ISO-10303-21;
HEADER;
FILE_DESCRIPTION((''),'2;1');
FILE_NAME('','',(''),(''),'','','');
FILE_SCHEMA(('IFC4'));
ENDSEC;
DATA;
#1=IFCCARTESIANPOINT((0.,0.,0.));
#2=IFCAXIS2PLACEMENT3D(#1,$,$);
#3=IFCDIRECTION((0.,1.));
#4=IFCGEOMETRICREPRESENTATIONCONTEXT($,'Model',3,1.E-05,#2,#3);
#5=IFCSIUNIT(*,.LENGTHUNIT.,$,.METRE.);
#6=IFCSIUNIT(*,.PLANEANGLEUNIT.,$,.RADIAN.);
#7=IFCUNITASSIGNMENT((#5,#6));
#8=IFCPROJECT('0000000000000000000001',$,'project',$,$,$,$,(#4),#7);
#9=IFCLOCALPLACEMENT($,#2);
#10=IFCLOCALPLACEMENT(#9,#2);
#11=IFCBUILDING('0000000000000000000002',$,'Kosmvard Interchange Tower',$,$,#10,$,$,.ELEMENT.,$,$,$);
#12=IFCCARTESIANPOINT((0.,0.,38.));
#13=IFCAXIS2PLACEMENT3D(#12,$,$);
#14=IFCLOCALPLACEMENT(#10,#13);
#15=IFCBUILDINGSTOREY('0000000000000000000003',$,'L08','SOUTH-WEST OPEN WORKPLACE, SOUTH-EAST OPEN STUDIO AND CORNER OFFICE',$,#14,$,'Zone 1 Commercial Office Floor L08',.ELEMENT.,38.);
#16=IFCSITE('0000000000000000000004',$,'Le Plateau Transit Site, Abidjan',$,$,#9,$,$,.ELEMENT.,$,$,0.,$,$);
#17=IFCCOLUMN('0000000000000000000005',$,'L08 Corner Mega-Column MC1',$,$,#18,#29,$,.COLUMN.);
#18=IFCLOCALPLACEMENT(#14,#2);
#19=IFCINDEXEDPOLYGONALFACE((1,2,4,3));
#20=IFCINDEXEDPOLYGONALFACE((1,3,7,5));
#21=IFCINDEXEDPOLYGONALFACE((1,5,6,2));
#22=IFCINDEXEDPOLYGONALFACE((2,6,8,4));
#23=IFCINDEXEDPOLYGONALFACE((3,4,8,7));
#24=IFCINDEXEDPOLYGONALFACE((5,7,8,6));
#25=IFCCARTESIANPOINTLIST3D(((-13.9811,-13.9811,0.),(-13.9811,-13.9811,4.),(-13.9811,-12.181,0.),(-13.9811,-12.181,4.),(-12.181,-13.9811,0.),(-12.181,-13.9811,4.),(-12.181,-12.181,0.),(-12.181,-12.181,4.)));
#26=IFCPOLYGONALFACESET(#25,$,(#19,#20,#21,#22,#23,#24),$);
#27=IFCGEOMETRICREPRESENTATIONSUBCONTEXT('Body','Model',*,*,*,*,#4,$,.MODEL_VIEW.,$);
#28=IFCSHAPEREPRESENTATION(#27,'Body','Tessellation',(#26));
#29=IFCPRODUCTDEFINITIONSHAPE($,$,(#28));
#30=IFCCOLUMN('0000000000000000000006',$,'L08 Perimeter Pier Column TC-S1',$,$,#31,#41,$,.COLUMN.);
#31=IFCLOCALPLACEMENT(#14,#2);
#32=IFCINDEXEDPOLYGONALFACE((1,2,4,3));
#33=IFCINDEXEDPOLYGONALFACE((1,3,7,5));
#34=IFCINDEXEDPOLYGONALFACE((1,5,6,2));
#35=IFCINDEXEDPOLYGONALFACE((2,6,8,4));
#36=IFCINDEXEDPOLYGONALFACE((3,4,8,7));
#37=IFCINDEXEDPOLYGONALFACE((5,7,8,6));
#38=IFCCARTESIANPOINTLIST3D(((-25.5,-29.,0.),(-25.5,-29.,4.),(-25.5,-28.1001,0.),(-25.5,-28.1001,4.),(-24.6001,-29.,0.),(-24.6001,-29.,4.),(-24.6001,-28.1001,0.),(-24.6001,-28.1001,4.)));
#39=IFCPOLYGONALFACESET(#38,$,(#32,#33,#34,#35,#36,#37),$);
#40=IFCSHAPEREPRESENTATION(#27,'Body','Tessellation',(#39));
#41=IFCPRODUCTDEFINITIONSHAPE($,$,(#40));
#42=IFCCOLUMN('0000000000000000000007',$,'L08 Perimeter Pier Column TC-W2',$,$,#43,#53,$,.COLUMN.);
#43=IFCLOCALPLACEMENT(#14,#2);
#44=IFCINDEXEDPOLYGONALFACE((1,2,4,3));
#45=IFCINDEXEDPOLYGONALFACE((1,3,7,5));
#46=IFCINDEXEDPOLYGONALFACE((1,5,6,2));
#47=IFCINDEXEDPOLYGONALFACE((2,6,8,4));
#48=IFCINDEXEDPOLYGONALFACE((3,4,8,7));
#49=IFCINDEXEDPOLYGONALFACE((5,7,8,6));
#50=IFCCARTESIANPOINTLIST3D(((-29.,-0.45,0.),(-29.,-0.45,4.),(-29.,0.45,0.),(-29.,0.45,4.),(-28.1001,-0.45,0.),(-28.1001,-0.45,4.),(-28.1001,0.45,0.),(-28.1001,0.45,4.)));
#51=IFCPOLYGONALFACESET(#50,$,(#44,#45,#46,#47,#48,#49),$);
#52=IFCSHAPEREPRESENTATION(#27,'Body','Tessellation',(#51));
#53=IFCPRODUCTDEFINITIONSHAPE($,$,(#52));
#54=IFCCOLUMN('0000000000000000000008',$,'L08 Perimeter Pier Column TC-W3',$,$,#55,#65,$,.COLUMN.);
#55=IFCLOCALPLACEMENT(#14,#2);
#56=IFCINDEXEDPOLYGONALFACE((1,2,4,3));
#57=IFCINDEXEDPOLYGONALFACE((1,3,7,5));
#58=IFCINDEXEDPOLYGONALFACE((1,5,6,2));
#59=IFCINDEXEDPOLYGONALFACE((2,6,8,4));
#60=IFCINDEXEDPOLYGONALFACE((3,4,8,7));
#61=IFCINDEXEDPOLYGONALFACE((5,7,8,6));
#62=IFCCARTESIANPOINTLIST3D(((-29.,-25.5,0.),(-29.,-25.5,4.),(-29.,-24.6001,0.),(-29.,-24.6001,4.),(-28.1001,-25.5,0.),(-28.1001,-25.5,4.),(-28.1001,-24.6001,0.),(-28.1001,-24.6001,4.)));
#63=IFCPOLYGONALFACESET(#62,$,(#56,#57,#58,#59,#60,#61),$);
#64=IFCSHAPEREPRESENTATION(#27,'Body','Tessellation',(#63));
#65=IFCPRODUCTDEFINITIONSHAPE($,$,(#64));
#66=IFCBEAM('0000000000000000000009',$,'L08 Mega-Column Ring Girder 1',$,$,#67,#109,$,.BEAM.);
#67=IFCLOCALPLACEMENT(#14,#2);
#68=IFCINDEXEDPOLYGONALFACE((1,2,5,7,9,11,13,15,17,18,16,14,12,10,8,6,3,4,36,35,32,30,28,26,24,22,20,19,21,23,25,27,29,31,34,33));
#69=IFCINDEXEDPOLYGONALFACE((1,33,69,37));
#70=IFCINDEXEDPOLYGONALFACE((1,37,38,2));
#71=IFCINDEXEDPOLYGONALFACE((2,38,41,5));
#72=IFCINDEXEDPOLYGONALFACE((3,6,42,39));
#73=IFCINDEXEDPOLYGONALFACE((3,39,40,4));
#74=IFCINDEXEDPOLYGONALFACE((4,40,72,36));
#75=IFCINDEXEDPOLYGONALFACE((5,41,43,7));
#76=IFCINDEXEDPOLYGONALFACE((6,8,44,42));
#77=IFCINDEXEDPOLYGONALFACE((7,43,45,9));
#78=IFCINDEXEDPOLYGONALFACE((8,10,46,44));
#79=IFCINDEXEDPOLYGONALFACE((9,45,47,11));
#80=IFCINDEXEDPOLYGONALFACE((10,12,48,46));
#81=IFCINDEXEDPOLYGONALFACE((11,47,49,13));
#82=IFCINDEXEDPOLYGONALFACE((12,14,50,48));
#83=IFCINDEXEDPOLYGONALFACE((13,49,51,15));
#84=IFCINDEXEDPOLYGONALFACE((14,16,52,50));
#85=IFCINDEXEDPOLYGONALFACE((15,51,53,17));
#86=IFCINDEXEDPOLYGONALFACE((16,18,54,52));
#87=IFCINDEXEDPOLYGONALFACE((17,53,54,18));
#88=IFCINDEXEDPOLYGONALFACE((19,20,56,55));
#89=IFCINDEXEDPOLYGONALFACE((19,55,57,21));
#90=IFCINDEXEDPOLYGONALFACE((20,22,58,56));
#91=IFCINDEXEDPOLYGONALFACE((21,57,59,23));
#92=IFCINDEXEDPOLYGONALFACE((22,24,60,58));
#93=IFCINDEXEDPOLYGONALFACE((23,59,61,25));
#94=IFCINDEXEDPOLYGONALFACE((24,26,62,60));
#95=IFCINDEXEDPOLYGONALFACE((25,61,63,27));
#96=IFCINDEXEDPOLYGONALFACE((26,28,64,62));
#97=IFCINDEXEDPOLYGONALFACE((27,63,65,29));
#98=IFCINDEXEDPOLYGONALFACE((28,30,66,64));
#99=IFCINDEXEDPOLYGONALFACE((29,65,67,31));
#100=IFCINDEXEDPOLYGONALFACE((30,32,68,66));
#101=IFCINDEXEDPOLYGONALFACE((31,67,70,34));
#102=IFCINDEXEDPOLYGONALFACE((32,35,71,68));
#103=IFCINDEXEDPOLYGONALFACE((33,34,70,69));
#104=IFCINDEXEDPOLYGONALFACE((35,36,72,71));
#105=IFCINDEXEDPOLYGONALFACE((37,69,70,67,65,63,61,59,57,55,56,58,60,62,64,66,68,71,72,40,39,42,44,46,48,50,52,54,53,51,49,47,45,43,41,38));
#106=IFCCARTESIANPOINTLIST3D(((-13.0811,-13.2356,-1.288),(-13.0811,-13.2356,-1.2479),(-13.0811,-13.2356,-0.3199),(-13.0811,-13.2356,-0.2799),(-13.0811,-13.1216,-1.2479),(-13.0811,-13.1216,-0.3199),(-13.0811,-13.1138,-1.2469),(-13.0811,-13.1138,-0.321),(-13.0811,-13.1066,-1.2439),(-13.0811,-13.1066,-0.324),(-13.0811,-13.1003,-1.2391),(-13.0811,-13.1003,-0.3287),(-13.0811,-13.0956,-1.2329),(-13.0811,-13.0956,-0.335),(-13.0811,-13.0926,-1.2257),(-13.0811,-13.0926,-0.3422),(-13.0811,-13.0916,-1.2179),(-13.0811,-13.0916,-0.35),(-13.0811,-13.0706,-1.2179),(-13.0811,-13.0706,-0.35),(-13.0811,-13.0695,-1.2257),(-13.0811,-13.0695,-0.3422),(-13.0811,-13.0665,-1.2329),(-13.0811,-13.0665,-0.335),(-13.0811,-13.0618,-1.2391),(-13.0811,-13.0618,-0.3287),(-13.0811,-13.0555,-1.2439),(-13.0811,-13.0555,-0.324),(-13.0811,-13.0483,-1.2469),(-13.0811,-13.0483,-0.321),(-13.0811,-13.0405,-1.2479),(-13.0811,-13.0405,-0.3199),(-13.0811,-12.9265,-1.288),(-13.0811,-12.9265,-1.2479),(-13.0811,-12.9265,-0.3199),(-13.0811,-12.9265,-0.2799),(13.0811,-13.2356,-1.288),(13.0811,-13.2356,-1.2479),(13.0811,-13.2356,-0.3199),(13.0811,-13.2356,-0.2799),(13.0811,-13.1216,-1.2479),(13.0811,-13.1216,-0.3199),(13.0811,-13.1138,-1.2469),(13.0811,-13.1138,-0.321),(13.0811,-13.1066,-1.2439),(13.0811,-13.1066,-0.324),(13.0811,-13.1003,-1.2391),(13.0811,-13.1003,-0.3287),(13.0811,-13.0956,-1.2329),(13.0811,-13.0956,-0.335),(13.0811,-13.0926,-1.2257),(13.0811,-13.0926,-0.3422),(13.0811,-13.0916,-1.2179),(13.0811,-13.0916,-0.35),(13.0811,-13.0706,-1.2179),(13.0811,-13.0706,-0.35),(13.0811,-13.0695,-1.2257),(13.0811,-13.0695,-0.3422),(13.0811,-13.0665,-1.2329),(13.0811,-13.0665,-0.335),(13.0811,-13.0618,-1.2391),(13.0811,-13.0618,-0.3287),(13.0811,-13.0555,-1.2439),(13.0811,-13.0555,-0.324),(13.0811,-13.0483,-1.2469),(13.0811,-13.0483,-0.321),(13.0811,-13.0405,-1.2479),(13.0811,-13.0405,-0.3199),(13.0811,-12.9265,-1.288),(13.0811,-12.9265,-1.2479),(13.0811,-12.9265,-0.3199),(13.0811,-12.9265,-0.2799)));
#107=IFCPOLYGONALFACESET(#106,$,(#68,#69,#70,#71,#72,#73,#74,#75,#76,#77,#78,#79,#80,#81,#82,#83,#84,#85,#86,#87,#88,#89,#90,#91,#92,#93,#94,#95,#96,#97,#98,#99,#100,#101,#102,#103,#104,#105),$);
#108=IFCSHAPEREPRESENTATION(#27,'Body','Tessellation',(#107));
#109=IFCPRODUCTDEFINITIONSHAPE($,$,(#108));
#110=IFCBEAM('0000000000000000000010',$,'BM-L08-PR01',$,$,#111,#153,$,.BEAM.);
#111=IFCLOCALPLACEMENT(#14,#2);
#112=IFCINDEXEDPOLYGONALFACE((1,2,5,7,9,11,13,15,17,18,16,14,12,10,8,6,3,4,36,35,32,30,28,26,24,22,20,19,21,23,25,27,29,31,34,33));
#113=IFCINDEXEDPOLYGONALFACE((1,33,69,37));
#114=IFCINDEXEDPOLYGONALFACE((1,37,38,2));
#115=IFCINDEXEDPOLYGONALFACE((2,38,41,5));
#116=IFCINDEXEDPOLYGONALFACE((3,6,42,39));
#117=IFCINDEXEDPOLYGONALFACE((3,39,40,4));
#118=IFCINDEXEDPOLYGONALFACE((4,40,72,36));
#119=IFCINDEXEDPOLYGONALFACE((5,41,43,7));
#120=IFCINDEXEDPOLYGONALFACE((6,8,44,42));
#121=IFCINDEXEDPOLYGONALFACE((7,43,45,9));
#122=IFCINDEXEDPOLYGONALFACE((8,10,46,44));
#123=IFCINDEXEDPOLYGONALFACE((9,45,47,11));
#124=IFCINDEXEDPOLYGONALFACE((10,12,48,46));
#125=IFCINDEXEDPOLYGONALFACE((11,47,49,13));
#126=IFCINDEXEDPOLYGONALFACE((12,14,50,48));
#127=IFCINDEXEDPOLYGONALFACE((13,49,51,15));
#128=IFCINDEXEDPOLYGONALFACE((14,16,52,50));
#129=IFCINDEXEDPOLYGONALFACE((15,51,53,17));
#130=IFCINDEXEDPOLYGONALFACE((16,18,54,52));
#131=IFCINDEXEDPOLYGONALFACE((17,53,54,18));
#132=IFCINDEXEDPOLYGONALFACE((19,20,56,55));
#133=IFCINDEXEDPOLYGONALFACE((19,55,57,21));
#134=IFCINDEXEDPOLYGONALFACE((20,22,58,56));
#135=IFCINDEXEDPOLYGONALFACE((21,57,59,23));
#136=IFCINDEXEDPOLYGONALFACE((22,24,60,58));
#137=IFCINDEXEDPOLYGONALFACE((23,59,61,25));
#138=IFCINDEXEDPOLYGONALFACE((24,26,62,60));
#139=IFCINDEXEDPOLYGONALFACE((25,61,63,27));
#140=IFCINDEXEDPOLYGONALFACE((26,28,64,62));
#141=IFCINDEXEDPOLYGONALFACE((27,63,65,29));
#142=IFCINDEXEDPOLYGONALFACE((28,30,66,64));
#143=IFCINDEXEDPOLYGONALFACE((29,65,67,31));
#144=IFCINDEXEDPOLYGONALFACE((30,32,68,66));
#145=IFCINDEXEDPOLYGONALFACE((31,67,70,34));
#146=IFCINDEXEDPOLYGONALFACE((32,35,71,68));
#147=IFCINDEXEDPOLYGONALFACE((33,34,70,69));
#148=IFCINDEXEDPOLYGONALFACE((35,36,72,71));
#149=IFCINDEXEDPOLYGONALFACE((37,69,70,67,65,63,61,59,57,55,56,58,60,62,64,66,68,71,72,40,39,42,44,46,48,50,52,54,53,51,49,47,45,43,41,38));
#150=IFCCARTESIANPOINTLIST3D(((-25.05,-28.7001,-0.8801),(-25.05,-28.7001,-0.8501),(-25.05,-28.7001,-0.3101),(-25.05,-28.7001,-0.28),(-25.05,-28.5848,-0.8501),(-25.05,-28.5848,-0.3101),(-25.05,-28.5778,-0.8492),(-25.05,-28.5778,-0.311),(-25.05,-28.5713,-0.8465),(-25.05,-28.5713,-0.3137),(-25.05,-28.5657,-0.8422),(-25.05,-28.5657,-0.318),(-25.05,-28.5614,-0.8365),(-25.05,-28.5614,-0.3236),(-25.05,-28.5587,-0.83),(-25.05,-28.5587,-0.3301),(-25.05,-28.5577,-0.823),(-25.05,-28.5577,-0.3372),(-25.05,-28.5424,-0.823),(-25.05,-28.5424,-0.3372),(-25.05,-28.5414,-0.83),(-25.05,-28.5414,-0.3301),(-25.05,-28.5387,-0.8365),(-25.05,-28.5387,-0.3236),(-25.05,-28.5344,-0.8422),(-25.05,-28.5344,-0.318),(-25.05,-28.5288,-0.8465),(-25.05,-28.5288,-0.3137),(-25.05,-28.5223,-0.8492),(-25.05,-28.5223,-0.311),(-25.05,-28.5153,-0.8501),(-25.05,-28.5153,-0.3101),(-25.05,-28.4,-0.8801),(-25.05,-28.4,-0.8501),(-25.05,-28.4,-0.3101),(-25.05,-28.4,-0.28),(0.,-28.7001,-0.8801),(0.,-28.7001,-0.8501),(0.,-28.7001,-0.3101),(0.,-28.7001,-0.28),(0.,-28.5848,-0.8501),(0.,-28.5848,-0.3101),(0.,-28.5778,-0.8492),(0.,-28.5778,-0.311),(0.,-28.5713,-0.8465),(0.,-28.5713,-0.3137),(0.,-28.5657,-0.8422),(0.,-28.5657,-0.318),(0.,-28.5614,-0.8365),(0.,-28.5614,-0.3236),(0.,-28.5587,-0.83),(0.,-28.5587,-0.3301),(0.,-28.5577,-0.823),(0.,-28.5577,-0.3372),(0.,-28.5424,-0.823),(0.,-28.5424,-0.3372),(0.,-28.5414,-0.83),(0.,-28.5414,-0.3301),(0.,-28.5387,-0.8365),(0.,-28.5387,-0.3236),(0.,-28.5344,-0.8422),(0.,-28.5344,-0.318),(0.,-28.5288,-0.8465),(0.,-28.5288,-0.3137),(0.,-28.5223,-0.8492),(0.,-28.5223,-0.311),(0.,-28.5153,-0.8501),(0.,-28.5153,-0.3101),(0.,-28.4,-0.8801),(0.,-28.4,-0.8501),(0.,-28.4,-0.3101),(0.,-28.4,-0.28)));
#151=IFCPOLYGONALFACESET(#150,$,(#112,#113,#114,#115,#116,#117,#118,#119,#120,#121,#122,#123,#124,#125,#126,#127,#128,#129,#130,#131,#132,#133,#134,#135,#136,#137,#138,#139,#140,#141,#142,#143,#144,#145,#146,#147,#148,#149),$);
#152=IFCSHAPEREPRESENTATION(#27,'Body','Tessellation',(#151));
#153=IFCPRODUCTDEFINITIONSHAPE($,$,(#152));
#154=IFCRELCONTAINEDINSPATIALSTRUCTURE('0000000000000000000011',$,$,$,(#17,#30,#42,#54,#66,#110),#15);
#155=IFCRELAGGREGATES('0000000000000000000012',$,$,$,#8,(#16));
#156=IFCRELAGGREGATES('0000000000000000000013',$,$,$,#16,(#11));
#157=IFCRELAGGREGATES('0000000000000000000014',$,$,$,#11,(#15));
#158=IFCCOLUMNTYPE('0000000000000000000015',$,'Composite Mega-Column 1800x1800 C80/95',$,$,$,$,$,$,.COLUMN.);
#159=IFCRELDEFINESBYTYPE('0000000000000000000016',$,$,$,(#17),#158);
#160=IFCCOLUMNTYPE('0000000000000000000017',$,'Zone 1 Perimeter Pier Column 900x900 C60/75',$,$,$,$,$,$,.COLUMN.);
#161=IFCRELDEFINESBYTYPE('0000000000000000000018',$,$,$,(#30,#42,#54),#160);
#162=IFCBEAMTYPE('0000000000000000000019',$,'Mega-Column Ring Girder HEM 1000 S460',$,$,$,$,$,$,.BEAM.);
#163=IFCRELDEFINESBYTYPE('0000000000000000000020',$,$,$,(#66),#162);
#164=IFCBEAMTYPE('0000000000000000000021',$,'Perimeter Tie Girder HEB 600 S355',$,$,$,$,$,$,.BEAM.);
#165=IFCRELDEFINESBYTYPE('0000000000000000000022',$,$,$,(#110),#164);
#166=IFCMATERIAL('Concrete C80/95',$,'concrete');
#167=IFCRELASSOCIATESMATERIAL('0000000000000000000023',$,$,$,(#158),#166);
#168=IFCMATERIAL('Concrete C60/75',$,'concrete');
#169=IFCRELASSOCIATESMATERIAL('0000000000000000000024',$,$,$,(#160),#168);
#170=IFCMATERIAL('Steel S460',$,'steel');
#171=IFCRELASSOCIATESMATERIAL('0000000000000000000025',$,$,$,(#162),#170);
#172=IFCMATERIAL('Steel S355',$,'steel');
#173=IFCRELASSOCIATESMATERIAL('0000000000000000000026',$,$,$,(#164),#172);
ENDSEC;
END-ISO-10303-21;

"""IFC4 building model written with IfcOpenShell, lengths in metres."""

from ifc_helpers import new_model, si_unit, direction, frame, origin, origin_2d, place, context, subcontext, project, spatial, rectangle, i_section, extrude, source, transform, mapped, material, material_profile, profile_set, type_object, element, save


model = new_model("IFC4")

# Units and contexts
model_context = context("Model", 3, precision=1e-05, world=origin(), true_north=direction((0.0, 1.0)))
body_context = subcontext(model_context, "Body", "Model", "MODEL_VIEW")
ifc_project = project(units=[si_unit("LENGTHUNIT", "METRE"), si_unit("PLANEANGLEUNIT", "RADIAN")], contexts=[model_context])

# Site, building, storey
site_placement = place(None, origin())
site = spatial("IfcSite", under=ifc_project, at=site_placement, Name="Le Plateau Transit Site, Abidjan", CompositionType="ELEMENT", RefElevation=0.0)
building_placement = place(site_placement, origin())
building = spatial("IfcBuilding", under=site, at=building_placement, Name="Kosmvard Interchange Tower", CompositionType="ELEMENT")
storey_placement = place(building_placement, frame((0.0, 0.0, 38.0)))
storey = spatial("IfcBuildingStorey", under=building, at=storey_placement, Name="L08", Description="SOUTH-WEST OPEN WORKPLACE, SOUTH-EAST OPEN STUDIO AND CORNER OFFICE", LongName="Zone 1 Commercial Office Floor L08", CompositionType="ELEMENT", Elevation=38.0)

# Columns
ifc_material_1 = material(Name="Concrete C80/95", Category="concrete")
ifc_material_profile_1 = material_profile(ifc_material_1, rectangle(XDim=1.8, YDim=1.8, at=origin_2d()), Name="MC 1800x1800")
ifc_profile_set_1 = profile_set([ifc_material_profile_1], Name="Concrete C80/95")
column_type_1 = type_object("IfcColumnType", Name="Composite Mega-Column 1800x1800 C80/95", PredefinedType="COLUMN", material=ifc_profile_set_1)
shared_shape_1 = source(origin(), body_context, "Body", "SweptSolid", [
    extrude(rectangle(XDim=1.8, YDim=1.8, at=origin_2d()), origin(), (0.0, 0.0, 1.0), 4.0),
])
column_placement = place(storey_placement, frame((-13.0811, -13.0811, 0.0), z_axis=(0.0, 0.0, 1.0), x_axis=(1.0, 0.0, 0.0)))
element("IfcColumn", 1, at=column_placement, inside=storey, type_object=column_type_1, Name="L08 Corner Mega-Column MC1", PredefinedType="COLUMN", context=body_context, shape_type="MappedRepresentation", body=[
    mapped(shared_shape_1, transform((0.0, 0.0, 0.0), scale=1.0)),
])
ifc_material_2 = material(Name="Concrete C60/75", Category="concrete")
ifc_material_profile_2 = material_profile(ifc_material_2, rectangle(XDim=0.8999, YDim=0.8999, at=origin_2d()), Name="TC 900x900")
ifc_profile_set_2 = profile_set([ifc_material_profile_2], Name="Concrete C60/75")
column_type_2 = type_object("IfcColumnType", Name="Zone 1 Perimeter Pier Column 900x900 C60/75", PredefinedType="COLUMN", material=ifc_profile_set_2)
shared_shape_2 = source(origin(), body_context, "Body", "SweptSolid", [
    extrude(rectangle(XDim=0.8999, YDim=0.8999, at=origin_2d()), origin(), (0.0, 0.0, 1.0), 4.0),
])
for number, where, z_axis, x_axis, name in (
    (2, (-25.05, -28.55, 0.0), (0.0, 0.0, 1.0), (1.0, 0.0, 0.0), "L08 Perimeter Pier Column TC-S1"),
    (3, (-28.55, 0.0, 0.0), (0.0, 0.0, 1.0), (1.0, 0.0, 0.0), "L08 Perimeter Pier Column TC-W2"),
    (4, (-28.55, -25.05, 0.0), (0.0, 0.0, 1.0), (1.0, 0.0, 0.0), "L08 Perimeter Pier Column TC-W3"),
):
    element("IfcColumn", number, at=place(storey_placement, frame(where, z_axis=z_axis, x_axis=x_axis)), inside=storey, type_object=column_type_2, Name=name, PredefinedType="COLUMN", context=body_context, shape_type="MappedRepresentation", body=[
        mapped(shared_shape_2, transform((0.0, 0.0, 0.0), scale=1.0)),
    ])

# Beams
ifc_material_3 = material(Name="Steel S460", Category="steel")
ifc_material_profile_3 = material_profile(ifc_material_3, i_section(OverallWidth=0.3091, OverallDepth=1.0081, WebThickness=0.021, FlangeThickness=0.04, FilletRadius=0.03, at=origin_2d()), Name="HEM 1000")
ifc_profile_set_3 = profile_set([ifc_material_profile_3], Name="Steel S460")
beam_type_1 = type_object("IfcBeamType", Name="Mega-Column Ring Girder HEM 1000 S460", PredefinedType="BEAM", material=ifc_profile_set_3)
shared_shape_3 = source(origin(), body_context, "Body", "SweptSolid", [
    extrude(i_section(OverallWidth=0.3091, OverallDepth=1.0081, WebThickness=0.021, FlangeThickness=0.04, FilletRadius=0.03, at=origin_2d()), origin(), (0.0, 0.0, 1.0), 26.1621),
])
beam_1_placement = place(storey_placement, frame((-13.0811, -13.0811, -0.7839), z_axis=(1.0, 0.0, 0.0), x_axis=(0.0, 1.0, 0.0)))
element("IfcBeam", 5, at=beam_1_placement, inside=storey, type_object=beam_type_1, Name="L08 Mega-Column Ring Girder 1", PredefinedType="BEAM", context=body_context, shape_type="MappedRepresentation", body=[
    mapped(shared_shape_3, transform((0.0, 0.0, 0.0), scale=1.0)),
])
ifc_material_4 = material(Name="Steel S355", Category="steel")
ifc_material_profile_4 = material_profile(ifc_material_4, i_section(OverallWidth=0.3, OverallDepth=0.6001, WebThickness=0.0154, FlangeThickness=0.03, FilletRadius=0.0271, at=origin_2d()), Name="HEB 600")
ifc_profile_set_4 = profile_set([ifc_material_profile_4], Name="Steel S355")
beam_type_2 = type_object("IfcBeamType", Name="Perimeter Tie Girder HEB 600 S355", PredefinedType="BEAM", material=ifc_profile_set_4)
shared_shape_4 = source(origin(), body_context, "Body", "SweptSolid", [
    extrude(i_section(OverallWidth=0.3, OverallDepth=0.6001, WebThickness=0.0154, FlangeThickness=0.03, FilletRadius=0.0271, at=origin_2d()), origin(), (0.0, 0.0, 1.0), 25.05),
])
for number, where, z_axis, x_axis, name in (
    (6, (-25.05, -28.55, -0.5801), (1.0, 0.0, 0.0), (0.0, 1.0, 0.0), "BM-L08-PR01"),
):
    element("IfcBeam", number, at=place(storey_placement, frame(where, z_axis=z_axis, x_axis=x_axis)), inside=storey, type_object=beam_type_2, Name=name, PredefinedType="BEAM", context=body_context, shape_type="MappedRepresentation", body=[
        mapped(shared_shape_4, transform((0.0, 0.0, 0.0), scale=1.0)),
    ])

save(model, "model.ifc")
